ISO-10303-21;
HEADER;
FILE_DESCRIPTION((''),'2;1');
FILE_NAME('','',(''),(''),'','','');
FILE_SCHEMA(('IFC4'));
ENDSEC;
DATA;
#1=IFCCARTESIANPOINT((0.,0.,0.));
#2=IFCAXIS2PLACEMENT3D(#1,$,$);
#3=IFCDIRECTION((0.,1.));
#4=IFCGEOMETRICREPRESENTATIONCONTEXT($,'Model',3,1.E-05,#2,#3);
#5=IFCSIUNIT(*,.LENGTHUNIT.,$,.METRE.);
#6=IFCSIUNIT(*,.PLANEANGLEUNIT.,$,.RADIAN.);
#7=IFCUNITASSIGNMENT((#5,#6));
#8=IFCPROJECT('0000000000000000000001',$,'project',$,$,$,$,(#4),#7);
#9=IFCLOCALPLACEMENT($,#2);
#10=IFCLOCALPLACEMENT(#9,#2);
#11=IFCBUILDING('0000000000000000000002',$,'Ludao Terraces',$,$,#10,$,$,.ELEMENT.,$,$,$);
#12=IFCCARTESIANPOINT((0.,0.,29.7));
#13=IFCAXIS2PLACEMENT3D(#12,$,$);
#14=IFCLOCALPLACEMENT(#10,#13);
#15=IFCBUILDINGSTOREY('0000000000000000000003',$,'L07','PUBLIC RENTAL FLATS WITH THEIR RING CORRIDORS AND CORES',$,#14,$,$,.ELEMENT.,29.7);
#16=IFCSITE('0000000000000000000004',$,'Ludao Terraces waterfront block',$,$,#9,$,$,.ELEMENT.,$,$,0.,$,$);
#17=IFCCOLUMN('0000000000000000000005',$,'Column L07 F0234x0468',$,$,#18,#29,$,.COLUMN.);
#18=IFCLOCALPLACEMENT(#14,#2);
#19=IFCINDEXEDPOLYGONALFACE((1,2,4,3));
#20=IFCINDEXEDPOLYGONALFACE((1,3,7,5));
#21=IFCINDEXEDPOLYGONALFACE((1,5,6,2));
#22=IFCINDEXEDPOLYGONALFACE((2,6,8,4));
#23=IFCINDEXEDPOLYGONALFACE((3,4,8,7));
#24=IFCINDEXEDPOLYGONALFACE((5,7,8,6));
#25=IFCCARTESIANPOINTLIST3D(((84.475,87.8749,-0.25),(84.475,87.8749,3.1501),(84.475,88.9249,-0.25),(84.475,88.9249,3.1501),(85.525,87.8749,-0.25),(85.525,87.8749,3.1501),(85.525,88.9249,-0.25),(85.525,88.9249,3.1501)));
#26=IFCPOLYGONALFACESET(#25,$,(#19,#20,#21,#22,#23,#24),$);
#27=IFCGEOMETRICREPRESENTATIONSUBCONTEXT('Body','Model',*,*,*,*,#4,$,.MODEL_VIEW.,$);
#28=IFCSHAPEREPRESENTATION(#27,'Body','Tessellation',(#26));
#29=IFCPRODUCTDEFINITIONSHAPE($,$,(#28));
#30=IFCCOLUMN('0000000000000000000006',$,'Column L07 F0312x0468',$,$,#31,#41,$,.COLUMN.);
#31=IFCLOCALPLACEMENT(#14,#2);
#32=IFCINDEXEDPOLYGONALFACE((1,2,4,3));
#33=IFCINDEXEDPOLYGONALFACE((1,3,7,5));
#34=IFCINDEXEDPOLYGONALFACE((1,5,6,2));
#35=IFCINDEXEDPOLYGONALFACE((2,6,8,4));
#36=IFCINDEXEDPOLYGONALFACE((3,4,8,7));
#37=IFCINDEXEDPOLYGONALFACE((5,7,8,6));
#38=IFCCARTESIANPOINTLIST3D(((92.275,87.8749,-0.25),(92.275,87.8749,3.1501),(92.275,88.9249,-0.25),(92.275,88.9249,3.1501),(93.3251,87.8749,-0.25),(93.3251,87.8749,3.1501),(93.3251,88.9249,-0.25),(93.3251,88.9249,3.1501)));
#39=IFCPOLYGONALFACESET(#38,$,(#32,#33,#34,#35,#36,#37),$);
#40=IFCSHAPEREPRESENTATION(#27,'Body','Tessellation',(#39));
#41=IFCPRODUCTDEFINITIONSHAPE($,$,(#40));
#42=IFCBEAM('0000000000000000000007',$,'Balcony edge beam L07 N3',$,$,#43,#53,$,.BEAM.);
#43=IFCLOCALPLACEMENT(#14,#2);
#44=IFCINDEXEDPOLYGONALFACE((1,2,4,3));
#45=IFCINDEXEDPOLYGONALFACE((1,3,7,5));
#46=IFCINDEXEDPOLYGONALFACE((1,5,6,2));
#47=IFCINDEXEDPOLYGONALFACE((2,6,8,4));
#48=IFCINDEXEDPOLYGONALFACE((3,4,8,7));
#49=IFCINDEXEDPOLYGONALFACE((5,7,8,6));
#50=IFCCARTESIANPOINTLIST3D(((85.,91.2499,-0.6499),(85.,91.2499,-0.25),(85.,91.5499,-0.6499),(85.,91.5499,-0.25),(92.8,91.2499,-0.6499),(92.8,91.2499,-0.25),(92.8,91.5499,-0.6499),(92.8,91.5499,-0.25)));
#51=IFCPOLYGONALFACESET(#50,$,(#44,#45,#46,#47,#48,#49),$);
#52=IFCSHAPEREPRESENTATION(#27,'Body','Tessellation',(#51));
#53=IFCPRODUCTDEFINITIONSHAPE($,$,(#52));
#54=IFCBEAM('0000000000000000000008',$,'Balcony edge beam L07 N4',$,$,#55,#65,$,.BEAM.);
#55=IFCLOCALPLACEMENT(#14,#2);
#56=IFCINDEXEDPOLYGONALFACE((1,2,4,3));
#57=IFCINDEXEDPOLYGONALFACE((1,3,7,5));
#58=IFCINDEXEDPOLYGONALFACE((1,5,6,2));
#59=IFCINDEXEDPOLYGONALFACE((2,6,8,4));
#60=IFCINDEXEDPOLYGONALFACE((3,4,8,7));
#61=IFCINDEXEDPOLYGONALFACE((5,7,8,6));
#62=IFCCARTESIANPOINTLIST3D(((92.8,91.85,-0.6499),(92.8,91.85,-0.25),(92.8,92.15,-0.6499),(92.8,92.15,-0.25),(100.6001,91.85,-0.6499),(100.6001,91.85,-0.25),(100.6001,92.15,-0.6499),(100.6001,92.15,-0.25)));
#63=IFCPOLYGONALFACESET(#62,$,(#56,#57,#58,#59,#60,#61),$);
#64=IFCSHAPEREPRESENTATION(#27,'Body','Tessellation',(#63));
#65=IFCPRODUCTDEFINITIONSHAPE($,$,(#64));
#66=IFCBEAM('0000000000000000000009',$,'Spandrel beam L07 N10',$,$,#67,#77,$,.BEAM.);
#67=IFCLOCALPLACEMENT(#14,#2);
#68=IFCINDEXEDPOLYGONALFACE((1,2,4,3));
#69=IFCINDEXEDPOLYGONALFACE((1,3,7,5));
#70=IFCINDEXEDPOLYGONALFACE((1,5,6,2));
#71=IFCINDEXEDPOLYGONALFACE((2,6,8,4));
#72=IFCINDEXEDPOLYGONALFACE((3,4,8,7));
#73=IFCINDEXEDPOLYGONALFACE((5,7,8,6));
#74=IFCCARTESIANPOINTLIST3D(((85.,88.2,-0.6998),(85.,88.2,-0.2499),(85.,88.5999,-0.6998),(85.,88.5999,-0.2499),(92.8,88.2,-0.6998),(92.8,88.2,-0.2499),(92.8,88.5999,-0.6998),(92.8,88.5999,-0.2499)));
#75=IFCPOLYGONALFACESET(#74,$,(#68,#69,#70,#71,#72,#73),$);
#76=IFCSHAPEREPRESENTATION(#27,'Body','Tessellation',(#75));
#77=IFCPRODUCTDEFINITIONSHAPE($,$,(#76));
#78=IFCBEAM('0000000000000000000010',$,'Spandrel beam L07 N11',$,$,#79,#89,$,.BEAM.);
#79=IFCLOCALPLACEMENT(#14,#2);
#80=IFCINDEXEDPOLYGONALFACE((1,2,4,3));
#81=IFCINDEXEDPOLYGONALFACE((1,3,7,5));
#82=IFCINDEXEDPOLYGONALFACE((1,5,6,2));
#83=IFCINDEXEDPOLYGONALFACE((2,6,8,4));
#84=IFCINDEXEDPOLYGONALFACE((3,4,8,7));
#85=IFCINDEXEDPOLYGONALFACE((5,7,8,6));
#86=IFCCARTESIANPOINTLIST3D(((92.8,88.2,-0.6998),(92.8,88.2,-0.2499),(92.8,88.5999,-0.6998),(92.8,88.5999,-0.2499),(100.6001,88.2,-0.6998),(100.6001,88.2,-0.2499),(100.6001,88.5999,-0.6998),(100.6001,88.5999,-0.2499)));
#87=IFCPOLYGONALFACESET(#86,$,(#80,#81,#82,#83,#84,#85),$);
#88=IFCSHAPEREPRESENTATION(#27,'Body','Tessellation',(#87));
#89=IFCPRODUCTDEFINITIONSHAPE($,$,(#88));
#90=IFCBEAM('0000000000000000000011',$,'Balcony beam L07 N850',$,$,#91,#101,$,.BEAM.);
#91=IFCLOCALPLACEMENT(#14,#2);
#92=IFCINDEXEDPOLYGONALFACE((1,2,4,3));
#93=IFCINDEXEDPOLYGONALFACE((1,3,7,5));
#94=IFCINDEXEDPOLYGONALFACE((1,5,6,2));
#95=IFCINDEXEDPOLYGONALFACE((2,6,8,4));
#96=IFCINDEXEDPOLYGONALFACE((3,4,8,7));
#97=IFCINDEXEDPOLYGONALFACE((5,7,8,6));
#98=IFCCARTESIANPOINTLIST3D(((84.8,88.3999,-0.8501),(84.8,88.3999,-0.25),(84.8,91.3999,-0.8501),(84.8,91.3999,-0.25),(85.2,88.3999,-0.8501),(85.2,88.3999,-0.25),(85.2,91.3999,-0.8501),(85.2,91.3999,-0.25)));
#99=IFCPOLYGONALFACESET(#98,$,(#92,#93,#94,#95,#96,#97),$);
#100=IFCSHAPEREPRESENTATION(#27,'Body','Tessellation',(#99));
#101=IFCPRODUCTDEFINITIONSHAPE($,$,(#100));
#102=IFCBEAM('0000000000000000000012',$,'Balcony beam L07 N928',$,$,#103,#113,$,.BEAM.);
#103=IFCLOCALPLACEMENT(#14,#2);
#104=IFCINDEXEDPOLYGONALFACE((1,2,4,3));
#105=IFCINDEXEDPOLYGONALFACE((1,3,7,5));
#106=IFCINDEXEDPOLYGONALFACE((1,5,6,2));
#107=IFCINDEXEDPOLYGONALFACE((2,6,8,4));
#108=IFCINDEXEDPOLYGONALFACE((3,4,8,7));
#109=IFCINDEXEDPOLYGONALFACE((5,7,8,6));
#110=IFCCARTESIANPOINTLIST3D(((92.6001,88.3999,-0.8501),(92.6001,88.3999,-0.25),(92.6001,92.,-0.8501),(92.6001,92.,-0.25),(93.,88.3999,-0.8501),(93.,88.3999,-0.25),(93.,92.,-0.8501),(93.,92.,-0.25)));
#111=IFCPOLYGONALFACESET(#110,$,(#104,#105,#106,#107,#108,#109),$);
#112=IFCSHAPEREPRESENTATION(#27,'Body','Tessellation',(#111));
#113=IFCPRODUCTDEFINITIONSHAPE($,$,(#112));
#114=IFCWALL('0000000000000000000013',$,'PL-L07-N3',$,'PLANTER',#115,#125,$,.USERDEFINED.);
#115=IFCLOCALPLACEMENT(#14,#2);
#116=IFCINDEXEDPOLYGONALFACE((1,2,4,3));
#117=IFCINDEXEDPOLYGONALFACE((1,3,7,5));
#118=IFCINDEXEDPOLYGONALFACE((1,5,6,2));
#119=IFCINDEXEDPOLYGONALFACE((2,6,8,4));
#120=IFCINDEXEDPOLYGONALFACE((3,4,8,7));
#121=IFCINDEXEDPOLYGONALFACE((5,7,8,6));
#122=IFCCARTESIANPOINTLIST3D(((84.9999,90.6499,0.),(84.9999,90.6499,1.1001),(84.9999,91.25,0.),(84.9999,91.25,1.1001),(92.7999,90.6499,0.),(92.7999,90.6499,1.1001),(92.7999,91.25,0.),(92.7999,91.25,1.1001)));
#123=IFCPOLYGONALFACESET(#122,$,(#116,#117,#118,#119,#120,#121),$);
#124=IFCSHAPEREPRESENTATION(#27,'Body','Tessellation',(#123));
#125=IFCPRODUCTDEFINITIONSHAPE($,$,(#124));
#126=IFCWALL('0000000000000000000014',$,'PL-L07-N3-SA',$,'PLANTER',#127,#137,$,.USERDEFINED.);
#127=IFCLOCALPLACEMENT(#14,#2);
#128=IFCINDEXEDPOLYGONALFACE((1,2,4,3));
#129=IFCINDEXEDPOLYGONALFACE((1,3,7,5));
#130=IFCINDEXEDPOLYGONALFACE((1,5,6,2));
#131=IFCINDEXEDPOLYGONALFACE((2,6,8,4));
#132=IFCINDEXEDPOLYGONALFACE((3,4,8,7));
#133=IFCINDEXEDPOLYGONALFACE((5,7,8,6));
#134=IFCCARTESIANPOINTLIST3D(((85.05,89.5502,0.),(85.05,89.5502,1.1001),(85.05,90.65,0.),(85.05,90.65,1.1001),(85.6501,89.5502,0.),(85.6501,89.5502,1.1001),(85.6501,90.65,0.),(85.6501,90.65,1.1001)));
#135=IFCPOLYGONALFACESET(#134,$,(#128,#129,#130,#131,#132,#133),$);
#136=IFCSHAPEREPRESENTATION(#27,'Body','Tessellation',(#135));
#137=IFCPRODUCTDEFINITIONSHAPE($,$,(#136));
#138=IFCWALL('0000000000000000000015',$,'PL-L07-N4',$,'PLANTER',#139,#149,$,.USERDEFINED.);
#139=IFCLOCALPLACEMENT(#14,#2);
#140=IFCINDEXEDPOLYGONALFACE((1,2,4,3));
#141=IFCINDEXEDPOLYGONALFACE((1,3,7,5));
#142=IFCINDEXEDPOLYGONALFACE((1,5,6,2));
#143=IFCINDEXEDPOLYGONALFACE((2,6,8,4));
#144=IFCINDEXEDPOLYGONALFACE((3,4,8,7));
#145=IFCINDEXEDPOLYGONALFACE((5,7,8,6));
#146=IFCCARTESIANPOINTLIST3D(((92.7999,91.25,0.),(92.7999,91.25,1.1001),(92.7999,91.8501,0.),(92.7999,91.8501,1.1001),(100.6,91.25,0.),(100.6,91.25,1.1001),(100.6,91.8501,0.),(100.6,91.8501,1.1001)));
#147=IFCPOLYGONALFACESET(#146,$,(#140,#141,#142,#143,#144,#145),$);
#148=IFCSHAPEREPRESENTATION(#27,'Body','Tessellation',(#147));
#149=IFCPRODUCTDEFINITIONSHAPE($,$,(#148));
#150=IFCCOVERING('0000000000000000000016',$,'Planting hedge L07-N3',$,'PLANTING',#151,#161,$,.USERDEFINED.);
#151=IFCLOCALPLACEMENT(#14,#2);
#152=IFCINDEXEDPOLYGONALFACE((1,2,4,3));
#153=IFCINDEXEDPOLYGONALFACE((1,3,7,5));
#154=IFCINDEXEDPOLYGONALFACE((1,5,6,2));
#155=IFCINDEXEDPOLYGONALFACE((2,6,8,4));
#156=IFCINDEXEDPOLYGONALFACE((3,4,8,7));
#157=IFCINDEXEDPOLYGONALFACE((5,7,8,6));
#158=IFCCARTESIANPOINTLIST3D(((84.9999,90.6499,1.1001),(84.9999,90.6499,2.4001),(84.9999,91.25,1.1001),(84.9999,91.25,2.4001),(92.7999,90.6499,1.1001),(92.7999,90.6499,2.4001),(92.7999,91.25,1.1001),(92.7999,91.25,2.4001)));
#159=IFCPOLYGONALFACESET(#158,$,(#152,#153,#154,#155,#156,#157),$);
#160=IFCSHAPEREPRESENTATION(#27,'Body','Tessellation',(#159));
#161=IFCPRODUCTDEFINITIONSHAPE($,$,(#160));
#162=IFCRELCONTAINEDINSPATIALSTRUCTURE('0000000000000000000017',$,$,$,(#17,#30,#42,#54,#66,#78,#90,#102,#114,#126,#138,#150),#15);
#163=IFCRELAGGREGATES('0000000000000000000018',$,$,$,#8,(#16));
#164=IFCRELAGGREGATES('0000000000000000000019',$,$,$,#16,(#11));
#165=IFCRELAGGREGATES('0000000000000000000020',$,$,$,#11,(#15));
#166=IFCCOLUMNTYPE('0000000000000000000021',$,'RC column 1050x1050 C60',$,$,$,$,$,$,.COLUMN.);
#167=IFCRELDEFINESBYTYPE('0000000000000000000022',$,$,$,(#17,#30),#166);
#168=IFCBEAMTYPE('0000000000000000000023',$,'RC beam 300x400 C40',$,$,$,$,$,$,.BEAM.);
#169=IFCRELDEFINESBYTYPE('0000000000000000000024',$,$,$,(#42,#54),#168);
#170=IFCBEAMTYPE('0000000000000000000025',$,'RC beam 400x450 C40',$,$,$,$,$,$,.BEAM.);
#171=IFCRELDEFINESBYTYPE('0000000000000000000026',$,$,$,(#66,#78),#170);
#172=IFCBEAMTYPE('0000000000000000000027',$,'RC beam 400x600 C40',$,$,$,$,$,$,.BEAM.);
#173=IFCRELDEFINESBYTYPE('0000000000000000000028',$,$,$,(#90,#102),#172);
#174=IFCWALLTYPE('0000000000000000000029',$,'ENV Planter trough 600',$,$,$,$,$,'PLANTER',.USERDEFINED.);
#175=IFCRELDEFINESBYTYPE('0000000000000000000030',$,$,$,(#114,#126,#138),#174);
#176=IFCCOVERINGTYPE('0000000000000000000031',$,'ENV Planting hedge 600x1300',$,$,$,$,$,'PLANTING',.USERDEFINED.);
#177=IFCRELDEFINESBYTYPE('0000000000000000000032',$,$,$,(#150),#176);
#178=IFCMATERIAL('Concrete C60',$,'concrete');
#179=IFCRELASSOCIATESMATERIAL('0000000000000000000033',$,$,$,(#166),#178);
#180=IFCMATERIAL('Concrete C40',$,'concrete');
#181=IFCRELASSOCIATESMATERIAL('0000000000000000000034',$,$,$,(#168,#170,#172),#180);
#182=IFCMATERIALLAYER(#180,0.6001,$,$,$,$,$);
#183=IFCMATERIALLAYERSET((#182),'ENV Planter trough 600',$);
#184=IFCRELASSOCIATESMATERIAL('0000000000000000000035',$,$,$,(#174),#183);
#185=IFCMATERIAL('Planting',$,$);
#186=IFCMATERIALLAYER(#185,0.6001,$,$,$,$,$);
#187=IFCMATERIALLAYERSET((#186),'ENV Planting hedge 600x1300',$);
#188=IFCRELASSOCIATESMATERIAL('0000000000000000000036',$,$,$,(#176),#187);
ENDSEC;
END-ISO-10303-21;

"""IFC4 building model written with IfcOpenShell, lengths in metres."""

from ifc_helpers import new_model, si_unit, direction, frame, frame_2d, origin, origin_2d, place, context, subcontext, project, spatial, rectangle, extrude, material, layer, layer_set, material_profile, profile_set, type_object, element, save


model = new_model("IFC4")

# Units and contexts
model_context = context("Model", 3, precision=1e-05, world=origin(), true_north=direction((0.0, 1.0)))
body_context = subcontext(model_context, "Body", "Model", "MODEL_VIEW")
ifc_project = project(units=[si_unit("LENGTHUNIT", "METRE"), si_unit("PLANEANGLEUNIT", "RADIAN")], contexts=[model_context])

# Site, building, storey
site_placement = place(None, origin())
site = spatial("IfcSite", under=ifc_project, at=site_placement, Name="Ludao Terraces waterfront block", CompositionType="ELEMENT", RefElevation=0.0)
building_placement = place(site_placement, origin())
building = spatial("IfcBuilding", under=site, at=building_placement, Name="Ludao Terraces", CompositionType="ELEMENT")
storey_placement = place(building_placement, frame((0.0, 0.0, 29.7)))
storey = spatial("IfcBuildingStorey", under=building, at=storey_placement, Name="L07", Description="PUBLIC RENTAL FLATS WITH THEIR RING CORRIDORS AND CORES", CompositionType="ELEMENT", Elevation=29.7)

# Columns
ifc_material_1 = material(Name="Concrete C60", Category="concrete")
ifc_material_profile_1 = material_profile(ifc_material_1, rectangle(XDim=1.05, YDim=1.05, at=origin_2d()), Name="1050 X 1050")
ifc_profile_set_1 = profile_set([ifc_material_profile_1], Name="Concrete C60")
column_type = type_object("IfcColumnType", Name="RC column 1050x1050 C60", PredefinedType="COLUMN", material=ifc_profile_set_1)
for number, where, z_axis, x_axis, name in (
    (1, (85.0, 88.3999, -0.25), (0.0, 0.0, 1.0), (1.0, 0.0, 0.0), "Column L07 F0234x0468"),
    (2, (92.8, 88.3999, -0.25), (0.0, 0.0, 1.0), (1.0, 0.0, 0.0), "Column L07 F0312x0468"),
):
    element("IfcColumn", number, at=place(storey_placement, frame(where, z_axis=z_axis, x_axis=x_axis)), inside=storey, type_object=column_type, Name=name, PredefinedType="COLUMN", context=body_context, shape_type="SweptSolid", body=[
        extrude(rectangle(XDim=1.05, YDim=1.05, at=origin_2d()), origin(), (0.0, 0.0, 1.0), 3.4001),
    ])

# Beams
ifc_material_2 = material(Name="Concrete C40", Category="concrete")
ifc_material_profile_2 = material_profile(ifc_material_2, rectangle(XDim=0.3, YDim=0.3999, at=origin_2d()), Name="300 X 400")
ifc_profile_set_2 = profile_set([ifc_material_profile_2], Name="Concrete C40")
beam_type_1 = type_object("IfcBeamType", Name="RC beam 300x400 C40", PredefinedType="BEAM", material=ifc_profile_set_2)
for number, where, z_axis, x_axis, name in (
    (3, (85.0, 91.3999, -0.45), (1.0, 0.0, 0.0), (0.0, 1.0, 0.0), "Balcony edge beam L07 N3"),
    (4, (92.8, 92.0, -0.45), (1.0, 0.0, 0.0), (0.0, 1.0, 0.0), "Balcony edge beam L07 N4"),
):
    element("IfcBeam", number, at=place(storey_placement, frame(where, z_axis=z_axis, x_axis=x_axis)), inside=storey, type_object=beam_type_1, Name=name, PredefinedType="BEAM", context=body_context, shape_type="SweptSolid", body=[
        extrude(rectangle(XDim=0.3, YDim=0.3999, at=origin_2d()), origin(), (0.0, 0.0, 1.0), 7.8),
    ])
ifc_material_profile_3 = material_profile(ifc_material_2, rectangle(XDim=0.3999, YDim=0.45, at=origin_2d()), Name="400 X 450")
ifc_profile_set_3 = profile_set([ifc_material_profile_3], Name="Concrete C40")
beam_type_2 = type_object("IfcBeamType", Name="RC beam 400x450 C40", PredefinedType="BEAM", material=ifc_profile_set_3)
for number, where, z_axis, x_axis, name in (
    (5, (85.0, 88.3999, -0.4749), (1.0, 0.0, 0.0), (0.0, 1.0, 0.0), "Spandrel beam L07 N10"),
    (6, (92.8, 88.3999, -0.4749), (1.0, 0.0, 0.0), (0.0, 1.0, 0.0), "Spandrel beam L07 N11"),
):
    element("IfcBeam", number, at=place(storey_placement, frame(where, z_axis=z_axis, x_axis=x_axis)), inside=storey, type_object=beam_type_2, Name=name, PredefinedType="BEAM", context=body_context, shape_type="SweptSolid", body=[
        extrude(rectangle(XDim=0.3999, YDim=0.45, at=origin_2d()), origin(), (0.0, 0.0, 1.0), 7.8),
    ])
ifc_material_profile_4 = material_profile(ifc_material_2, rectangle(XDim=0.3999, YDim=0.6001, at=origin_2d()), Name="400 X 600")
ifc_profile_set_4 = profile_set([ifc_material_profile_4], Name="Concrete C40")
beam_type_3 = type_object("IfcBeamType", Name="RC beam 400x600 C40", PredefinedType="BEAM", material=ifc_profile_set_4)
beam_1_placement = place(storey_placement, frame((85.0, 88.3999, -0.55), z_axis=(0.0, 1.0, 0.0), x_axis=(-1.0, 0.0, 0.0)))
element("IfcBeam", 7, at=beam_1_placement, inside=storey, type_object=beam_type_3, Name="Balcony beam L07 N850", PredefinedType="BEAM", context=body_context, shape_type="SweptSolid", body=[
    extrude(rectangle(XDim=0.3999, YDim=0.6001, at=origin_2d()), origin(), (0.0, 0.0, 1.0), 3.0),
])
beam_2_placement = place(storey_placement, frame((92.8, 88.3999, -0.55), z_axis=(0.0, 1.0, 0.0), x_axis=(-1.0, 0.0, 0.0)))
element("IfcBeam", 8, at=beam_2_placement, inside=storey, type_object=beam_type_3, Name="Balcony beam L07 N928", PredefinedType="BEAM", context=body_context, shape_type="SweptSolid", body=[
    extrude(rectangle(XDim=0.3999, YDim=0.6001, at=origin_2d()), origin(), (0.0, 0.0, 1.0), 3.6001),
])

# Walls
ifc_layer_1 = layer(ifc_material_2, 0.6001)
ifc_layer_set_1 = layer_set([ifc_layer_1], Name="ENV Planter trough 600")
wall_type = type_object("IfcWallType", Name="ENV Planter trough 600", ElementType="PLANTER", PredefinedType="USERDEFINED", material=ifc_layer_set_1)
wall_1_placement = place(storey_placement, frame((85.0, 90.95, 0.0), z_axis=(0.0, 0.0, 1.0), x_axis=(1.0, 0.0, 0.0)))
element("IfcWall", 9, at=wall_1_placement, inside=storey, type_object=wall_type, Name="PL-L07-N3", ObjectType="PLANTER", PredefinedType="USERDEFINED", context=body_context, shape_type="SweptSolid", body=[
    extrude(rectangle(XDim=7.8, YDim=0.6001, at=frame_2d((3.8999, 0.0))), origin(), (0.0, 0.0, 1.0), 1.1001),
])
wall_2_placement = place(storey_placement, frame((85.3501, 90.6499, 0.0), z_axis=(0.0, 0.0, 1.0), x_axis=(0.0, -1.0, 0.0)))
element("IfcWall", 10, at=wall_2_placement, inside=storey, type_object=wall_type, Name="PL-L07-N3-SA", ObjectType="PLANTER", PredefinedType="USERDEFINED", context=body_context, shape_type="SweptSolid", body=[
    extrude(rectangle(XDim=1.0999, YDim=0.6001, at=frame_2d((0.5498, 0.0))), origin(), (0.0, 0.0, 1.0), 1.1001),
])
wall_3_placement = place(storey_placement, frame((92.8, 91.55, 0.0), z_axis=(0.0, 0.0, 1.0), x_axis=(1.0, 0.0, 0.0)))
element("IfcWall", 11, at=wall_3_placement, inside=storey, type_object=wall_type, Name="PL-L07-N4", ObjectType="PLANTER", PredefinedType="USERDEFINED", context=body_context, shape_type="SweptSolid", body=[
    extrude(rectangle(XDim=7.8, YDim=0.6001, at=frame_2d((3.8999, 0.0))), origin(), (0.0, 0.0, 1.0), 1.1001),
])

# Covering
ifc_material_3 = material(Name="Planting")
ifc_layer_2 = layer(ifc_material_3, 0.6001)
ifc_layer_set_2 = layer_set([ifc_layer_2], Name="ENV Planting hedge 600x1300")
covering_type = type_object("IfcCoveringType", Name="ENV Planting hedge 600x1300", ElementType="PLANTING", PredefinedType="USERDEFINED", material=ifc_layer_set_2)
covering_placement = place(storey_placement, frame((88.8999, 90.95, 1.1001), z_axis=(0.0, 0.0, 1.0), x_axis=(1.0, 0.0, 0.0)))
element("IfcCovering", 12, at=covering_placement, inside=storey, type_object=covering_type, Name="Planting hedge L07-N3", ObjectType="PLANTING", PredefinedType="USERDEFINED", context=body_context, shape_type="SweptSolid", body=[
    extrude(rectangle(XDim=7.8, YDim=0.6001, at=origin_2d()), origin(), (0.0, 0.0, 1.0), 1.3),
])

save(model, "model.ifc")
